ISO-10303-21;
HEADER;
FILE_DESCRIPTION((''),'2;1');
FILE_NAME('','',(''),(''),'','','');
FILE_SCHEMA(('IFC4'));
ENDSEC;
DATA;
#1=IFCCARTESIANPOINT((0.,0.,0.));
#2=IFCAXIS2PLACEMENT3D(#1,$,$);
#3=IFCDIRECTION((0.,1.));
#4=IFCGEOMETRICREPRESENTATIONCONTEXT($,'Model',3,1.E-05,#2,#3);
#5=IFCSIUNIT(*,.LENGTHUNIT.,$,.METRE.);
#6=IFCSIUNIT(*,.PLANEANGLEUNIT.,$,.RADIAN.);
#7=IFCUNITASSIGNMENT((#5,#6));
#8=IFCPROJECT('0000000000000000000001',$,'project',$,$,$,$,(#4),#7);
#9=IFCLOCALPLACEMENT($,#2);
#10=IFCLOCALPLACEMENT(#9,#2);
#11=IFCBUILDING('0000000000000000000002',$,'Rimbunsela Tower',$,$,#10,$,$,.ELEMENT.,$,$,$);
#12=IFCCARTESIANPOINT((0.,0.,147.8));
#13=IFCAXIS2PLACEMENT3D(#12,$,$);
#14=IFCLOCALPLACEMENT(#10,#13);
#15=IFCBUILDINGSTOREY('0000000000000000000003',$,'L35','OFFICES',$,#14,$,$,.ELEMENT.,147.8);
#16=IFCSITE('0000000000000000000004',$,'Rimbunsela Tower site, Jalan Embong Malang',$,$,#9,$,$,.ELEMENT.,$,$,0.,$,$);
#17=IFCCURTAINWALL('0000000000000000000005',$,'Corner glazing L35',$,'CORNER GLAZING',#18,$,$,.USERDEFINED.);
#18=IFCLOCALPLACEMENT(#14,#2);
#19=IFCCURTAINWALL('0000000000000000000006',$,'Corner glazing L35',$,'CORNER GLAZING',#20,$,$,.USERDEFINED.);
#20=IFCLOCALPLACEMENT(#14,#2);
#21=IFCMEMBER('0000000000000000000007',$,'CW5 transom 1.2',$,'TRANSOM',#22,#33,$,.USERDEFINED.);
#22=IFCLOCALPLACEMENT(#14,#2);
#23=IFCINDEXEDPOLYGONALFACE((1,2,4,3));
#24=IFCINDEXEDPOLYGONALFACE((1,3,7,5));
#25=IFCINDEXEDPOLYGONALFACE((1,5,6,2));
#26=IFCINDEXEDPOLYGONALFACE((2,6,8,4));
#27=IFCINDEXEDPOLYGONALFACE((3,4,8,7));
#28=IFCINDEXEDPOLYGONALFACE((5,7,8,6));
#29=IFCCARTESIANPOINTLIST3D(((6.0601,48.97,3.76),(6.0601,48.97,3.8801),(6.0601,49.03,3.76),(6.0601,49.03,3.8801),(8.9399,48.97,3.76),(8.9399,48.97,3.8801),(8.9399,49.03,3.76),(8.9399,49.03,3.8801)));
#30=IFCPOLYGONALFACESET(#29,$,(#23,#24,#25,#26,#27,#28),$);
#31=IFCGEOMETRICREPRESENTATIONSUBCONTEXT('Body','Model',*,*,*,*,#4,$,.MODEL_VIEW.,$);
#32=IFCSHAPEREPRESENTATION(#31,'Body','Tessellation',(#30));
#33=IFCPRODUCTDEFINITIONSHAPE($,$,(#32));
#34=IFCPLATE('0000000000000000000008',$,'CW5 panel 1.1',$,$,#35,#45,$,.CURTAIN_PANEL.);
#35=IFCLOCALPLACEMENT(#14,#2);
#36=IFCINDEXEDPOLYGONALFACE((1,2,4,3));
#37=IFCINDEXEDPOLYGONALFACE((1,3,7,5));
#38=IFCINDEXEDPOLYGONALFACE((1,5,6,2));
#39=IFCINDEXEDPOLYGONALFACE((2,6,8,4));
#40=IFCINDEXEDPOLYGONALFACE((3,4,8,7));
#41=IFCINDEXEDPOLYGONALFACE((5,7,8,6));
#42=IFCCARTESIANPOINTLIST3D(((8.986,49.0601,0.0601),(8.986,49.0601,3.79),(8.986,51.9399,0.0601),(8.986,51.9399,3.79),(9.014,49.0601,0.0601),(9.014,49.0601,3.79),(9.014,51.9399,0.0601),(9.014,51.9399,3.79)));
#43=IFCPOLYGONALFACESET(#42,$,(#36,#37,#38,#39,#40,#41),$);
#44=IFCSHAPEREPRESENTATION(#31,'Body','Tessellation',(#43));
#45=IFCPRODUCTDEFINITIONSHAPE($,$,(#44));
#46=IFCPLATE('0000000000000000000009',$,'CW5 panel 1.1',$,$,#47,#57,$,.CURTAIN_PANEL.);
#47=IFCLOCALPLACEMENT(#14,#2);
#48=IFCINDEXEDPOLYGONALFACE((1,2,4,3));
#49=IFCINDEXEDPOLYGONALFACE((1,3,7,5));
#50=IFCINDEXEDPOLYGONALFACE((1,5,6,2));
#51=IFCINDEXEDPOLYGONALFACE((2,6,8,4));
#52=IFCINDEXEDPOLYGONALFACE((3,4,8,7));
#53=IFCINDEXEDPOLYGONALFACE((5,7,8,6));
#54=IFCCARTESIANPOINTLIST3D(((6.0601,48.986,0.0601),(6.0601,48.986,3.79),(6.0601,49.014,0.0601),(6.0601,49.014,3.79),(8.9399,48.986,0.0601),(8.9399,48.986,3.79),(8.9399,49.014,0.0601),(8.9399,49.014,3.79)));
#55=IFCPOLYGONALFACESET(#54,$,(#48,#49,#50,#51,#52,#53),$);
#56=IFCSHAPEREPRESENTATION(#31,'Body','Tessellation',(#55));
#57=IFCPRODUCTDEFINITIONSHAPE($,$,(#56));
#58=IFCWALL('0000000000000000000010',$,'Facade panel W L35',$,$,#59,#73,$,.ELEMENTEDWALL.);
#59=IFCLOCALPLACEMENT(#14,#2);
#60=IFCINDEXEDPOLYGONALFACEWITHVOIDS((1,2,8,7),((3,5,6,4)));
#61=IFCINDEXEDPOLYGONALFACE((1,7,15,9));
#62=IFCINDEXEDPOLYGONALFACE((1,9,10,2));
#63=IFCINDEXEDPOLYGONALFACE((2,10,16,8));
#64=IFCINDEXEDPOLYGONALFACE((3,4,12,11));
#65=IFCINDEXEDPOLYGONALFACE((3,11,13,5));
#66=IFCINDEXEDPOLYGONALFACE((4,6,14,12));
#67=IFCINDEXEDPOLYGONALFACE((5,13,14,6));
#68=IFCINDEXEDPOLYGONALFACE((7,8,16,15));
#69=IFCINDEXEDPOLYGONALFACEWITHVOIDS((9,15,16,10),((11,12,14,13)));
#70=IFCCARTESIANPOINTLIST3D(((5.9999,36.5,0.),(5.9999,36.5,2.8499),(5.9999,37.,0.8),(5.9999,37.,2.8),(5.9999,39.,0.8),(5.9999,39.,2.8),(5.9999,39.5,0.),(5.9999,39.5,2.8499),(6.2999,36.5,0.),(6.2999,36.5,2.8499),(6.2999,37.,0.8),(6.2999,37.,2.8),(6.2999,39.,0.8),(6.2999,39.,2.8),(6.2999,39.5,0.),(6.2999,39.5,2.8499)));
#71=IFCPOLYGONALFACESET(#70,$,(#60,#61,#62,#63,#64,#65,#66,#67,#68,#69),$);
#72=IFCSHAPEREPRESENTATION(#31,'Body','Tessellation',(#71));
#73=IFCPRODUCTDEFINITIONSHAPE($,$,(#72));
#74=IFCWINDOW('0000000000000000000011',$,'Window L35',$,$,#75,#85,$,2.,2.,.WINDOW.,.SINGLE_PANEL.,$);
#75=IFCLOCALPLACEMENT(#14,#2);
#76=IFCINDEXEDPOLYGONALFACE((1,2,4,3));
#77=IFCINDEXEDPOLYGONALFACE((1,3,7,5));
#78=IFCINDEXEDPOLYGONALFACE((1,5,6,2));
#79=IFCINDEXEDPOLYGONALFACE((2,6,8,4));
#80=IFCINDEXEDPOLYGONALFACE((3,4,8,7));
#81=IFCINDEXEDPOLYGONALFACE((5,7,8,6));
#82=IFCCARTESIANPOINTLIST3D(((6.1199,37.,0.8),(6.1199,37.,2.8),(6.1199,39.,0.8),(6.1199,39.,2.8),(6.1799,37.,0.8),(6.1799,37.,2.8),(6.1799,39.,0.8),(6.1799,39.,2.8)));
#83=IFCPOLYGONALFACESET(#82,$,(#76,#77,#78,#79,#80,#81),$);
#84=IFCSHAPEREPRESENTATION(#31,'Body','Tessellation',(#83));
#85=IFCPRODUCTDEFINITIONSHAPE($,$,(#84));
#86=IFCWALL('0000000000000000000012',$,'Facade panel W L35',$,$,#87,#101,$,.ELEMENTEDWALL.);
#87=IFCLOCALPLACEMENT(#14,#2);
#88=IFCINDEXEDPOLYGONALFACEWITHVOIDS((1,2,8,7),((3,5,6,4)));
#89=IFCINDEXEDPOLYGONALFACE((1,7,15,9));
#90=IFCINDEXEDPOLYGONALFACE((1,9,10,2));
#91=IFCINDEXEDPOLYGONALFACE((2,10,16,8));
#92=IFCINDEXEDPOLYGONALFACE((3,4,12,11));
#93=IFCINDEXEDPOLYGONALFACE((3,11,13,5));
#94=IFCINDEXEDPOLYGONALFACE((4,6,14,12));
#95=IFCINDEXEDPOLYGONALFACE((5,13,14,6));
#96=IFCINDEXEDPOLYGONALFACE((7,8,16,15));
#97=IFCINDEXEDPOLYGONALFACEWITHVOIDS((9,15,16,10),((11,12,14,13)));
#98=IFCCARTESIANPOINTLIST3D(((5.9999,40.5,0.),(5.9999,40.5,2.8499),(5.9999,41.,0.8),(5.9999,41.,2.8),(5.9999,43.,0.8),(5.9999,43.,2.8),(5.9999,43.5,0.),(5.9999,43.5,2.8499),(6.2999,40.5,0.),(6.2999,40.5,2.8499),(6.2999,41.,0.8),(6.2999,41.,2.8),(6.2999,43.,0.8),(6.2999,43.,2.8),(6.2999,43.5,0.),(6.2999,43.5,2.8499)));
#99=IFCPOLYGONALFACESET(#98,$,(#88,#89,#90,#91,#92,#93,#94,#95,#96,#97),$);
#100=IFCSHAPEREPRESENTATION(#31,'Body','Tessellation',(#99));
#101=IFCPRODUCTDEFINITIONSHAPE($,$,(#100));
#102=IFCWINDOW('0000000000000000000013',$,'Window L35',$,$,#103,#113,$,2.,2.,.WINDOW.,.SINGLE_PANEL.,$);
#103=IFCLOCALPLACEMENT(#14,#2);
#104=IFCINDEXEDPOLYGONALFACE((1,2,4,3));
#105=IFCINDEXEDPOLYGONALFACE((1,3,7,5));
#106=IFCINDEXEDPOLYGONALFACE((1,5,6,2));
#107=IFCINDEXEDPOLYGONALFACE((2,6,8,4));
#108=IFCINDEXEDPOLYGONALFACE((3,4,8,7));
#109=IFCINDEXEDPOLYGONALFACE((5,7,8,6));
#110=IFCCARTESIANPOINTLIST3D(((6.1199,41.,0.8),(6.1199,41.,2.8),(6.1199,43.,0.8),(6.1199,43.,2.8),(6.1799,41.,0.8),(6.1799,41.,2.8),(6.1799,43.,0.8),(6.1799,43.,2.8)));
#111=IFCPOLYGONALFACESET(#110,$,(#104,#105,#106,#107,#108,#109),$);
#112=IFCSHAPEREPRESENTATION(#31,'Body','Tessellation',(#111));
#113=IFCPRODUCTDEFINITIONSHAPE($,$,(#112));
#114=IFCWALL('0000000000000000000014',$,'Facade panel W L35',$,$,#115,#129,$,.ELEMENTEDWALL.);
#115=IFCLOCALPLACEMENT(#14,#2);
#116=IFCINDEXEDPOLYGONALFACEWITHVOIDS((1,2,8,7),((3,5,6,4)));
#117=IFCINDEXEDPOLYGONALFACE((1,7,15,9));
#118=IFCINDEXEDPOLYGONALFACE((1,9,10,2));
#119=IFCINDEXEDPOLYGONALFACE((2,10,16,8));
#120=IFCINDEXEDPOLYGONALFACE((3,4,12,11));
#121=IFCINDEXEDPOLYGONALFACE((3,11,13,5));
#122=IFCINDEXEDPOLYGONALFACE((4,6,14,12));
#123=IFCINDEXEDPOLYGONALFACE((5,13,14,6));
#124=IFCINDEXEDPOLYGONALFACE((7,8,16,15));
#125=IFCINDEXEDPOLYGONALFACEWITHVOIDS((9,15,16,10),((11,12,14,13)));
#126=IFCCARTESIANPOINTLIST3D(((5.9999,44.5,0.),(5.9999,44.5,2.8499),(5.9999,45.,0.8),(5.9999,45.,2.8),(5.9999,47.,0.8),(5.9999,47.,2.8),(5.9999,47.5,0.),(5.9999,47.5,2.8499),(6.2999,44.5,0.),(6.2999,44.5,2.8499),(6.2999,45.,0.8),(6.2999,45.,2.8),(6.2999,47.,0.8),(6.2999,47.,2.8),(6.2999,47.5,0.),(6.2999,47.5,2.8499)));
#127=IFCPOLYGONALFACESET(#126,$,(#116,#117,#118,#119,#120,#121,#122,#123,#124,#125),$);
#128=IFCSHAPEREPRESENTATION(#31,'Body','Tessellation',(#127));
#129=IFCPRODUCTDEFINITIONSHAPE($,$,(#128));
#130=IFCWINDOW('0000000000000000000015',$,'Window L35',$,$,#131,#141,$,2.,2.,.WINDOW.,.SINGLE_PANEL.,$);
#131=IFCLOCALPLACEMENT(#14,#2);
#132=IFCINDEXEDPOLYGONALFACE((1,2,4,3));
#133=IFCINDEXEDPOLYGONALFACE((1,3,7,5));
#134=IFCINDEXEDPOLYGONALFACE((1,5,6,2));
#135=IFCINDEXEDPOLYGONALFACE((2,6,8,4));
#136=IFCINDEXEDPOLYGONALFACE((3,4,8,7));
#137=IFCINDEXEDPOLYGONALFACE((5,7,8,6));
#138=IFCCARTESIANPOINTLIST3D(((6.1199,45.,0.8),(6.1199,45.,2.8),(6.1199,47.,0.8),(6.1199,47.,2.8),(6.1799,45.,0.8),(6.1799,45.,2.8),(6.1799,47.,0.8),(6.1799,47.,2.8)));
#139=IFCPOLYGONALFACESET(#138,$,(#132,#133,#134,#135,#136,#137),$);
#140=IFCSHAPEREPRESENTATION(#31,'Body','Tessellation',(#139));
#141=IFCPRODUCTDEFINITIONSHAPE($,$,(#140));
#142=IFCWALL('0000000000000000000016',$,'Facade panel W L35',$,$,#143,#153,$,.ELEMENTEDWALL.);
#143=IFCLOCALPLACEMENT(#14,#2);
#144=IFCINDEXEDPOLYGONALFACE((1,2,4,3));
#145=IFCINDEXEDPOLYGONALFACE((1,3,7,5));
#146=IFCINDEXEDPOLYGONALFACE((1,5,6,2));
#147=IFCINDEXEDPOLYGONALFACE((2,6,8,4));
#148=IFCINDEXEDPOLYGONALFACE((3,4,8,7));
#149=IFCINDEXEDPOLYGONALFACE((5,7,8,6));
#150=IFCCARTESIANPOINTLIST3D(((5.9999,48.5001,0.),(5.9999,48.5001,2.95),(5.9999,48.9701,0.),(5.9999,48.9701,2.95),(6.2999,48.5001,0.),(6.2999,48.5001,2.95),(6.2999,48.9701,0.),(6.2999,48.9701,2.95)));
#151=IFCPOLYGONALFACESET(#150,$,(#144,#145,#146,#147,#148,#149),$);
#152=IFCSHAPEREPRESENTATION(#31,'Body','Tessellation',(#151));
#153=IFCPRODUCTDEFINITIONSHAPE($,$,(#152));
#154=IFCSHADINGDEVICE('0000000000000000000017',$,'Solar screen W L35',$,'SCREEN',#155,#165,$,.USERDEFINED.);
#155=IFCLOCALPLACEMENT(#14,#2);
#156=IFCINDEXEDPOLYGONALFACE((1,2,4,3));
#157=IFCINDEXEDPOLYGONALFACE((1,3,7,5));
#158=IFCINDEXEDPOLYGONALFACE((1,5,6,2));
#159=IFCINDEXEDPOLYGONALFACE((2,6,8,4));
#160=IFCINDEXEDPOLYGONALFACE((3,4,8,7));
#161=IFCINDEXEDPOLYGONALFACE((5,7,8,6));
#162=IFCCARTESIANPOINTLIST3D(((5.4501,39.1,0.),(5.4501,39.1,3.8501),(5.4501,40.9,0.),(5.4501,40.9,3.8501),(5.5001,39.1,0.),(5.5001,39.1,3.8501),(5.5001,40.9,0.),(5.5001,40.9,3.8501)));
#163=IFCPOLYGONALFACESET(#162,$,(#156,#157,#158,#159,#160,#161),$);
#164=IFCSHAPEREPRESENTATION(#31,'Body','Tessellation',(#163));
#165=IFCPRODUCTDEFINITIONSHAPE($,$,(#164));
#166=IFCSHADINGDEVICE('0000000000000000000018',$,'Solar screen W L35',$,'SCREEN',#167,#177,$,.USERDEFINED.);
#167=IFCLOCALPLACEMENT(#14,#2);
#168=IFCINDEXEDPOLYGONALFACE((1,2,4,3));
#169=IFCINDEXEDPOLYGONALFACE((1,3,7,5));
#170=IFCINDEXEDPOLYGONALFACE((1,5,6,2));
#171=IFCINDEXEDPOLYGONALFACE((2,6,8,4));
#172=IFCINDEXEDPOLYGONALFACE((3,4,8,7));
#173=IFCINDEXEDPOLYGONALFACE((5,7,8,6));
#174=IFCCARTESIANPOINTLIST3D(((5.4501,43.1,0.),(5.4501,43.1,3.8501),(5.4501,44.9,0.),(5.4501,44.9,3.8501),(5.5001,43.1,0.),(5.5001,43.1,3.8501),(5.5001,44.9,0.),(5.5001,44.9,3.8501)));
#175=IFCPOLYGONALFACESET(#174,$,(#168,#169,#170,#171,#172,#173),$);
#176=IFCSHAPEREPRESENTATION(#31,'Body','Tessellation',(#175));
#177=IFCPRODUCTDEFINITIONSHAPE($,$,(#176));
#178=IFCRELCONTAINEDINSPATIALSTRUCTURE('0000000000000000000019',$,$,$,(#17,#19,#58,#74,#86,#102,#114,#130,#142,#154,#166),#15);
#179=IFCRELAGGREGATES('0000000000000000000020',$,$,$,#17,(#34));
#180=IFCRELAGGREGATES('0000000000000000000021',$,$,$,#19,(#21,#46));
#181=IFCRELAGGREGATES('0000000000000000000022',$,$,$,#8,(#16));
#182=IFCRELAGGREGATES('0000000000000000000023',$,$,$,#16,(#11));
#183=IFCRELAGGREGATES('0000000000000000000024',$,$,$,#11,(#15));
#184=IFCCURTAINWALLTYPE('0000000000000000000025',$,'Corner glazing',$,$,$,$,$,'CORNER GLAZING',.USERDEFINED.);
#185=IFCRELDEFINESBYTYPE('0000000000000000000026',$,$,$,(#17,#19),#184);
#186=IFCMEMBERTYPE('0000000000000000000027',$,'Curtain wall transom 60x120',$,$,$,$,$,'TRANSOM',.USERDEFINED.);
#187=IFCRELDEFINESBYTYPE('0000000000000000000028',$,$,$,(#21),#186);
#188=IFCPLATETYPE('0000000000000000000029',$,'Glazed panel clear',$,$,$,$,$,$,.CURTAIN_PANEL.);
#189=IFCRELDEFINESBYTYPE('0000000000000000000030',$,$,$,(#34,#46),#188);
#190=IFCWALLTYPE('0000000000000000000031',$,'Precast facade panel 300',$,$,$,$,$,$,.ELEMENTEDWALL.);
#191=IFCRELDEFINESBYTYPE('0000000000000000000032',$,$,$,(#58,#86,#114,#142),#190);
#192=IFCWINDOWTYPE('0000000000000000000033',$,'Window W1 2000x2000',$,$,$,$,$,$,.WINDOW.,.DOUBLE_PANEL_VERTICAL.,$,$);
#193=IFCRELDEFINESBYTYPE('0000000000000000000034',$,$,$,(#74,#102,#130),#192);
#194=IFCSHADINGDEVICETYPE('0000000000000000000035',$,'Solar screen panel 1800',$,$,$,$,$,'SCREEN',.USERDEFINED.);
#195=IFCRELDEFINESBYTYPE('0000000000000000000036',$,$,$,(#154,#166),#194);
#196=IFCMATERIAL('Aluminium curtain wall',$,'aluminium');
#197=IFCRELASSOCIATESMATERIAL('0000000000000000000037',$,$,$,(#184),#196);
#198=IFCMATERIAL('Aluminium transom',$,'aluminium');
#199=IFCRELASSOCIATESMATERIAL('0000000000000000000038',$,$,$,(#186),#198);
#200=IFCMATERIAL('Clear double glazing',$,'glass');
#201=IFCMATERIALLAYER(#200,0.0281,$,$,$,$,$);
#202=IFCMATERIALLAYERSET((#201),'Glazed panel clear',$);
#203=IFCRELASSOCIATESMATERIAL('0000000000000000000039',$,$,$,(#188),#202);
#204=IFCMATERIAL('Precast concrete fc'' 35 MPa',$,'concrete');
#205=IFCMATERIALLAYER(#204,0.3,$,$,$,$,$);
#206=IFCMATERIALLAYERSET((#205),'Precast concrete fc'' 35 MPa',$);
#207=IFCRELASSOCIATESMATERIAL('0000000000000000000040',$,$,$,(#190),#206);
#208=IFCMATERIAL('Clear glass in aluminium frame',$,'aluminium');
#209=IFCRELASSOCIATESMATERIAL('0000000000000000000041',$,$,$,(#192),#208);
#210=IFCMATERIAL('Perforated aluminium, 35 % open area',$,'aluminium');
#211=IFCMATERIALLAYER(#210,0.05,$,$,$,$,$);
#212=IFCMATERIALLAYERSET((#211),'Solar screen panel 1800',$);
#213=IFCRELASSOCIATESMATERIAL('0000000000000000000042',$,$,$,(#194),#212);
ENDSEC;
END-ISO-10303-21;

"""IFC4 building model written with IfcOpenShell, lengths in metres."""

from ifc_helpers import new_model, si_unit, direction, frame, frame_2d, origin, origin_2d, place, context, subcontext, project, spatial, rectangle, extrude, material, layer, layer_set, material_profile, profile_set, type_object, element, fill, aggregate, save


model = new_model("IFC4")

# Units and contexts
model_context = context("Model", 3, precision=1e-05, world=origin(), true_north=direction((0.0, 1.0)))
body_context = subcontext(model_context, "Body", "Model", "MODEL_VIEW")
ifc_project = project(units=[si_unit("LENGTHUNIT", "METRE"), si_unit("PLANEANGLEUNIT", "RADIAN")], contexts=[model_context])

# Site, building, storey
site_placement = place(None, origin())
site = spatial("IfcSite", under=ifc_project, at=site_placement, Name="Rimbunsela Tower site, Jalan Embong Malang", CompositionType="ELEMENT", RefElevation=0.0)
building_placement = place(site_placement, origin())
building = spatial("IfcBuilding", under=site, at=building_placement, Name="Rimbunsela Tower", CompositionType="ELEMENT")
storey_placement = place(building_placement, frame((0.0, 0.0, 147.8)))
storey = spatial("IfcBuildingStorey", under=building, at=storey_placement, Name="L35", Description="OFFICES", CompositionType="ELEMENT", Elevation=147.8)

# Curtain walls
ifc_material_1 = material(Name="Aluminium curtain wall", Category="aluminium")
curtain_wall_type = type_object("IfcCurtainWallType", Name="Corner glazing", ElementType="CORNER GLAZING", PredefinedType="USERDEFINED", material=ifc_material_1)
curtain_wall_1_placement = place(storey_placement, origin())
curtain_wall_1 = element("IfcCurtainWall", 1, at=curtain_wall_1_placement, inside=storey, type_object=curtain_wall_type, Name="Corner glazing L35", ObjectType="CORNER GLAZING", PredefinedType="USERDEFINED")
curtain_wall_2_placement = place(storey_placement, origin())
curtain_wall_2 = element("IfcCurtainWall", 2, at=curtain_wall_2_placement, inside=storey, type_object=curtain_wall_type, Name="Corner glazing L35", ObjectType="CORNER GLAZING", PredefinedType="USERDEFINED")

# Member
ifc_material_2 = material(Name="Aluminium transom", Category="aluminium")
ifc_material_profile_1 = material_profile(ifc_material_2, rectangle(XDim=0.0601, YDim=0.1201, at=origin_2d()), Name="Transom 60x120")
ifc_profile_set_1 = profile_set([ifc_material_profile_1], Name="Aluminium transom")
member_type_1 = type_object("IfcMemberType", Name="Curtain wall transom 60x120", ElementType="TRANSOM", PredefinedType="USERDEFINED", material=ifc_profile_set_1)
member_1_placement = place(storey_placement, frame((8.9399, 49.0, 3.8201), z_axis=(-1.0, 0.0, 0.0), x_axis=(0.0, -1.0, 0.0)))
member_1 = element("IfcMember", 3, at=member_1_placement, type_object=member_type_1, Name="CW5 transom 1.2", ObjectType="TRANSOM", PredefinedType="USERDEFINED", context=body_context, shape_type="SweptSolid", body=[
    extrude(rectangle(XDim=0.0601, YDim=0.1201, at=origin_2d()), origin(), (0.0, 0.0, 1.0), 2.8799),
])

# Plates
ifc_material_3 = material(Name="Clear double glazing", Category="glass")
ifc_layer_1 = layer(ifc_material_3, 0.0281)
ifc_layer_set_1 = layer_set([ifc_layer_1], Name="Glazed panel clear")
plate_type = type_object("IfcPlateType", Name="Glazed panel clear", PredefinedType="CURTAIN_PANEL", material=ifc_layer_set_1)
plate_1_placement = place(storey_placement, frame((9.0, 50.5, 0.0601), z_axis=(0.0, 0.0, 1.0), x_axis=(0.0, -1.0, 0.0)))
plate_1 = element("IfcPlate", 4, at=plate_1_placement, type_object=plate_type, Name="CW5 panel 1.1", PredefinedType="CURTAIN_PANEL", context=body_context, shape_type="SweptSolid", body=[
    extrude(rectangle(XDim=2.8799, YDim=0.0281, at=origin_2d()), origin(), (0.0, 0.0, 1.0), 3.73),
])
aggregate(curtain_wall_1, [plate_1])
plate_2_placement = place(storey_placement, frame((7.5, 49.0, 0.0601), z_axis=(0.0, 0.0, 1.0), x_axis=(-1.0, 0.0, 0.0)))
plate_2 = element("IfcPlate", 5, at=plate_2_placement, type_object=plate_type, Name="CW5 panel 1.1", PredefinedType="CURTAIN_PANEL", context=body_context, shape_type="SweptSolid", body=[
    extrude(rectangle(XDim=2.8799, YDim=0.0281, at=origin_2d()), origin(), (0.0, 0.0, 1.0), 3.73),
])
aggregate(curtain_wall_2, [member_1, plate_2])

# Walls, openings, windows
ifc_material_4 = material(Name="Precast concrete fc' 35 MPa", Category="concrete")
ifc_layer_2 = layer(ifc_material_4, 0.3)
ifc_layer_set_2 = layer_set([ifc_layer_2], Name="Precast concrete fc' 35 MPa")
wall_type = type_object("IfcWallType", Name="Precast facade panel 300", PredefinedType="ELEMENTEDWALL", material=ifc_layer_set_2)
wall_1_placement = place(storey_placement, frame((6.1499, 39.5, 0.0), z_axis=(0.0, 0.0, 1.0), x_axis=(0.0, -1.0, 0.0)))
wall_1 = element("IfcWall", 6, at=wall_1_placement, inside=storey, type_object=wall_type, Name="Facade panel W L35", PredefinedType="ELEMENTEDWALL", context=body_context, shape_type="SweptSolid", body=[
    extrude(rectangle(XDim=3.0, YDim=0.3, at=frame_2d((1.5, 0.0))), origin(), (0.0, 0.0, 1.0), 2.8499),
])
opening_1_placement = place(wall_1_placement, frame((0.5, 0.0, 0.8)))
opening_1 = element("IfcOpeningElement", 7, at=opening_1_placement, cuts=wall_1, PredefinedType="OPENING", context=body_context, shape_type="SweptSolid", body=[
    extrude(rectangle(XDim=2.0, YDim=2.0, at=frame_2d((1.0, 1.0))), frame((0.0, 0.1599, 0.0), z_axis=(0.0, -1.0, 0.0), x_axis=(1.0, 0.0, 0.0)), (0.0, 0.0, 1.0), 0.3201),
])
ifc_material_5 = material(Name="Clear glass in aluminium frame", Category="aluminium")
window_type = type_object("IfcWindowType", Name="Window W1 2000x2000", PartitioningType="DOUBLE_PANEL_VERTICAL", PredefinedType="WINDOW", material=ifc_material_5)
window_1_placement = place(opening_1_placement, origin())
window_1 = element("IfcWindow", 8, at=window_1_placement, inside=storey, type_object=window_type, Name="Window L35", OverallHeight=2.0, OverallWidth=2.0, PartitioningType="SINGLE_PANEL", PredefinedType="WINDOW", context=body_context, shape_type="SweptSolid", body=[
    extrude(rectangle(XDim=2.0, YDim=2.0, at=frame_2d((1.0, 1.0))), frame((0.0, 0.03, 0.0), z_axis=(0.0, -1.0, 0.0), x_axis=(1.0, 0.0, 0.0)), (0.0, 0.0, 1.0), 0.0601),
])
fill(opening_1, window_1)
wall_2_placement = place(storey_placement, frame((6.1499, 43.5, 0.0), z_axis=(0.0, 0.0, 1.0), x_axis=(0.0, -1.0, 0.0)))
wall_2 = element("IfcWall", 9, at=wall_2_placement, inside=storey, type_object=wall_type, Name="Facade panel W L35", PredefinedType="ELEMENTEDWALL", context=body_context, shape_type="SweptSolid", body=[
    extrude(rectangle(XDim=3.0, YDim=0.3, at=frame_2d((1.5, 0.0))), origin(), (0.0, 0.0, 1.0), 2.8499),
])
opening_2_placement = place(wall_2_placement, frame((0.5, 0.0, 0.8)))
opening_2 = element("IfcOpeningElement", 10, at=opening_2_placement, cuts=wall_2, PredefinedType="OPENING", context=body_context, shape_type="SweptSolid", body=[
    extrude(rectangle(XDim=2.0, YDim=2.0, at=frame_2d((1.0, 1.0))), frame((0.0, 0.1599, 0.0), z_axis=(0.0, -1.0, 0.0), x_axis=(1.0, 0.0, 0.0)), (0.0, 0.0, 1.0), 0.3201),
])
window_2_placement = place(opening_2_placement, origin())
window_2 = element("IfcWindow", 11, at=window_2_placement, inside=storey, type_object=window_type, Name="Window L35", OverallHeight=2.0, OverallWidth=2.0, PartitioningType="SINGLE_PANEL", PredefinedType="WINDOW", context=body_context, shape_type="SweptSolid", body=[
    extrude(rectangle(XDim=2.0, YDim=2.0, at=frame_2d((1.0, 1.0))), frame((0.0, 0.03, 0.0), z_axis=(0.0, -1.0, 0.0), x_axis=(1.0, 0.0, 0.0)), (0.0, 0.0, 1.0), 0.0601),
])
fill(opening_2, window_2)
wall_3_placement = place(storey_placement, frame((6.1499, 47.5, 0.0), z_axis=(0.0, 0.0, 1.0), x_axis=(0.0, -1.0, 0.0)))
wall_3 = element("IfcWall", 12, at=wall_3_placement, inside=storey, type_object=wall_type, Name="Facade panel W L35", PredefinedType="ELEMENTEDWALL", context=body_context, shape_type="SweptSolid", body=[
    extrude(rectangle(XDim=3.0, YDim=0.3, at=frame_2d((1.5, 0.0))), origin(), (0.0, 0.0, 1.0), 2.8499),
])
opening_3_placement = place(wall_3_placement, frame((0.5, 0.0, 0.8)))
opening_3 = element("IfcOpeningElement", 13, at=opening_3_placement, cuts=wall_3, PredefinedType="OPENING", context=body_context, shape_type="SweptSolid", body=[
    extrude(rectangle(XDim=2.0, YDim=2.0, at=frame_2d((1.0, 1.0))), frame((0.0, 0.1599, 0.0), z_axis=(0.0, -1.0, 0.0), x_axis=(1.0, 0.0, 0.0)), (0.0, 0.0, 1.0), 0.3201),
])
window_3_placement = place(opening_3_placement, origin())
window_3 = element("IfcWindow", 14, at=window_3_placement, inside=storey, type_object=window_type, Name="Window L35", OverallHeight=2.0, OverallWidth=2.0, PartitioningType="SINGLE_PANEL", PredefinedType="WINDOW", context=body_context, shape_type="SweptSolid", body=[
    extrude(rectangle(XDim=2.0, YDim=2.0, at=frame_2d((1.0, 1.0))), frame((0.0, 0.03, 0.0), z_axis=(0.0, -1.0, 0.0), x_axis=(1.0, 0.0, 0.0)), (0.0, 0.0, 1.0), 0.0601),
])
fill(opening_3, window_3)

# Wall
wall_4_placement = place(storey_placement, frame((6.1499, 48.97, 0.0), z_axis=(0.0, 0.0, 1.0), x_axis=(0.0, -1.0, 0.0)))
element("IfcWall", 15, at=wall_4_placement, inside=storey, type_object=wall_type, Name="Facade panel W L35", PredefinedType="ELEMENTEDWALL", context=body_context, shape_type="SweptSolid", body=[
    extrude(rectangle(XDim=0.47, YDim=0.3, at=frame_2d((0.2349, 0.0))), origin(), (0.0, 0.0, 1.0), 2.95),
])

# Shading devices
ifc_material_6 = material(Name="Perforated aluminium, 35 % open area", Category="aluminium")
ifc_layer_3 = layer(ifc_material_6, 0.05)
ifc_layer_set_3 = layer_set([ifc_layer_3], Name="Solar screen panel 1800")
shading_device_type = type_object("IfcShadingDeviceType", Name="Solar screen panel 1800", ElementType="SCREEN", PredefinedType="USERDEFINED", material=ifc_layer_set_3)
for number, where, z_axis, x_axis, name in (
    (16, (5.4751, 40.0, 0.0), (0.0, 0.0, 1.0), (0.0, 1.0, 0.0), "Solar screen W L35"),
    (17, (5.4751, 44.0, 0.0), (0.0, 0.0, 1.0), (0.0, 1.0, 0.0), "Solar screen W L35"),
):
    element("IfcShadingDevice", number, at=place(storey_placement, frame(where, z_axis=z_axis, x_axis=x_axis)), inside=storey, type_object=shading_device_type, Name=name, ObjectType="SCREEN", PredefinedType="USERDEFINED", context=body_context, shape_type="SweptSolid", body=[
        extrude(rectangle(XDim=1.8, YDim=0.05, at=origin_2d()), origin(), (0.0, 0.0, 1.0), 3.8501),
    ])

save(model, "model.ifc")
